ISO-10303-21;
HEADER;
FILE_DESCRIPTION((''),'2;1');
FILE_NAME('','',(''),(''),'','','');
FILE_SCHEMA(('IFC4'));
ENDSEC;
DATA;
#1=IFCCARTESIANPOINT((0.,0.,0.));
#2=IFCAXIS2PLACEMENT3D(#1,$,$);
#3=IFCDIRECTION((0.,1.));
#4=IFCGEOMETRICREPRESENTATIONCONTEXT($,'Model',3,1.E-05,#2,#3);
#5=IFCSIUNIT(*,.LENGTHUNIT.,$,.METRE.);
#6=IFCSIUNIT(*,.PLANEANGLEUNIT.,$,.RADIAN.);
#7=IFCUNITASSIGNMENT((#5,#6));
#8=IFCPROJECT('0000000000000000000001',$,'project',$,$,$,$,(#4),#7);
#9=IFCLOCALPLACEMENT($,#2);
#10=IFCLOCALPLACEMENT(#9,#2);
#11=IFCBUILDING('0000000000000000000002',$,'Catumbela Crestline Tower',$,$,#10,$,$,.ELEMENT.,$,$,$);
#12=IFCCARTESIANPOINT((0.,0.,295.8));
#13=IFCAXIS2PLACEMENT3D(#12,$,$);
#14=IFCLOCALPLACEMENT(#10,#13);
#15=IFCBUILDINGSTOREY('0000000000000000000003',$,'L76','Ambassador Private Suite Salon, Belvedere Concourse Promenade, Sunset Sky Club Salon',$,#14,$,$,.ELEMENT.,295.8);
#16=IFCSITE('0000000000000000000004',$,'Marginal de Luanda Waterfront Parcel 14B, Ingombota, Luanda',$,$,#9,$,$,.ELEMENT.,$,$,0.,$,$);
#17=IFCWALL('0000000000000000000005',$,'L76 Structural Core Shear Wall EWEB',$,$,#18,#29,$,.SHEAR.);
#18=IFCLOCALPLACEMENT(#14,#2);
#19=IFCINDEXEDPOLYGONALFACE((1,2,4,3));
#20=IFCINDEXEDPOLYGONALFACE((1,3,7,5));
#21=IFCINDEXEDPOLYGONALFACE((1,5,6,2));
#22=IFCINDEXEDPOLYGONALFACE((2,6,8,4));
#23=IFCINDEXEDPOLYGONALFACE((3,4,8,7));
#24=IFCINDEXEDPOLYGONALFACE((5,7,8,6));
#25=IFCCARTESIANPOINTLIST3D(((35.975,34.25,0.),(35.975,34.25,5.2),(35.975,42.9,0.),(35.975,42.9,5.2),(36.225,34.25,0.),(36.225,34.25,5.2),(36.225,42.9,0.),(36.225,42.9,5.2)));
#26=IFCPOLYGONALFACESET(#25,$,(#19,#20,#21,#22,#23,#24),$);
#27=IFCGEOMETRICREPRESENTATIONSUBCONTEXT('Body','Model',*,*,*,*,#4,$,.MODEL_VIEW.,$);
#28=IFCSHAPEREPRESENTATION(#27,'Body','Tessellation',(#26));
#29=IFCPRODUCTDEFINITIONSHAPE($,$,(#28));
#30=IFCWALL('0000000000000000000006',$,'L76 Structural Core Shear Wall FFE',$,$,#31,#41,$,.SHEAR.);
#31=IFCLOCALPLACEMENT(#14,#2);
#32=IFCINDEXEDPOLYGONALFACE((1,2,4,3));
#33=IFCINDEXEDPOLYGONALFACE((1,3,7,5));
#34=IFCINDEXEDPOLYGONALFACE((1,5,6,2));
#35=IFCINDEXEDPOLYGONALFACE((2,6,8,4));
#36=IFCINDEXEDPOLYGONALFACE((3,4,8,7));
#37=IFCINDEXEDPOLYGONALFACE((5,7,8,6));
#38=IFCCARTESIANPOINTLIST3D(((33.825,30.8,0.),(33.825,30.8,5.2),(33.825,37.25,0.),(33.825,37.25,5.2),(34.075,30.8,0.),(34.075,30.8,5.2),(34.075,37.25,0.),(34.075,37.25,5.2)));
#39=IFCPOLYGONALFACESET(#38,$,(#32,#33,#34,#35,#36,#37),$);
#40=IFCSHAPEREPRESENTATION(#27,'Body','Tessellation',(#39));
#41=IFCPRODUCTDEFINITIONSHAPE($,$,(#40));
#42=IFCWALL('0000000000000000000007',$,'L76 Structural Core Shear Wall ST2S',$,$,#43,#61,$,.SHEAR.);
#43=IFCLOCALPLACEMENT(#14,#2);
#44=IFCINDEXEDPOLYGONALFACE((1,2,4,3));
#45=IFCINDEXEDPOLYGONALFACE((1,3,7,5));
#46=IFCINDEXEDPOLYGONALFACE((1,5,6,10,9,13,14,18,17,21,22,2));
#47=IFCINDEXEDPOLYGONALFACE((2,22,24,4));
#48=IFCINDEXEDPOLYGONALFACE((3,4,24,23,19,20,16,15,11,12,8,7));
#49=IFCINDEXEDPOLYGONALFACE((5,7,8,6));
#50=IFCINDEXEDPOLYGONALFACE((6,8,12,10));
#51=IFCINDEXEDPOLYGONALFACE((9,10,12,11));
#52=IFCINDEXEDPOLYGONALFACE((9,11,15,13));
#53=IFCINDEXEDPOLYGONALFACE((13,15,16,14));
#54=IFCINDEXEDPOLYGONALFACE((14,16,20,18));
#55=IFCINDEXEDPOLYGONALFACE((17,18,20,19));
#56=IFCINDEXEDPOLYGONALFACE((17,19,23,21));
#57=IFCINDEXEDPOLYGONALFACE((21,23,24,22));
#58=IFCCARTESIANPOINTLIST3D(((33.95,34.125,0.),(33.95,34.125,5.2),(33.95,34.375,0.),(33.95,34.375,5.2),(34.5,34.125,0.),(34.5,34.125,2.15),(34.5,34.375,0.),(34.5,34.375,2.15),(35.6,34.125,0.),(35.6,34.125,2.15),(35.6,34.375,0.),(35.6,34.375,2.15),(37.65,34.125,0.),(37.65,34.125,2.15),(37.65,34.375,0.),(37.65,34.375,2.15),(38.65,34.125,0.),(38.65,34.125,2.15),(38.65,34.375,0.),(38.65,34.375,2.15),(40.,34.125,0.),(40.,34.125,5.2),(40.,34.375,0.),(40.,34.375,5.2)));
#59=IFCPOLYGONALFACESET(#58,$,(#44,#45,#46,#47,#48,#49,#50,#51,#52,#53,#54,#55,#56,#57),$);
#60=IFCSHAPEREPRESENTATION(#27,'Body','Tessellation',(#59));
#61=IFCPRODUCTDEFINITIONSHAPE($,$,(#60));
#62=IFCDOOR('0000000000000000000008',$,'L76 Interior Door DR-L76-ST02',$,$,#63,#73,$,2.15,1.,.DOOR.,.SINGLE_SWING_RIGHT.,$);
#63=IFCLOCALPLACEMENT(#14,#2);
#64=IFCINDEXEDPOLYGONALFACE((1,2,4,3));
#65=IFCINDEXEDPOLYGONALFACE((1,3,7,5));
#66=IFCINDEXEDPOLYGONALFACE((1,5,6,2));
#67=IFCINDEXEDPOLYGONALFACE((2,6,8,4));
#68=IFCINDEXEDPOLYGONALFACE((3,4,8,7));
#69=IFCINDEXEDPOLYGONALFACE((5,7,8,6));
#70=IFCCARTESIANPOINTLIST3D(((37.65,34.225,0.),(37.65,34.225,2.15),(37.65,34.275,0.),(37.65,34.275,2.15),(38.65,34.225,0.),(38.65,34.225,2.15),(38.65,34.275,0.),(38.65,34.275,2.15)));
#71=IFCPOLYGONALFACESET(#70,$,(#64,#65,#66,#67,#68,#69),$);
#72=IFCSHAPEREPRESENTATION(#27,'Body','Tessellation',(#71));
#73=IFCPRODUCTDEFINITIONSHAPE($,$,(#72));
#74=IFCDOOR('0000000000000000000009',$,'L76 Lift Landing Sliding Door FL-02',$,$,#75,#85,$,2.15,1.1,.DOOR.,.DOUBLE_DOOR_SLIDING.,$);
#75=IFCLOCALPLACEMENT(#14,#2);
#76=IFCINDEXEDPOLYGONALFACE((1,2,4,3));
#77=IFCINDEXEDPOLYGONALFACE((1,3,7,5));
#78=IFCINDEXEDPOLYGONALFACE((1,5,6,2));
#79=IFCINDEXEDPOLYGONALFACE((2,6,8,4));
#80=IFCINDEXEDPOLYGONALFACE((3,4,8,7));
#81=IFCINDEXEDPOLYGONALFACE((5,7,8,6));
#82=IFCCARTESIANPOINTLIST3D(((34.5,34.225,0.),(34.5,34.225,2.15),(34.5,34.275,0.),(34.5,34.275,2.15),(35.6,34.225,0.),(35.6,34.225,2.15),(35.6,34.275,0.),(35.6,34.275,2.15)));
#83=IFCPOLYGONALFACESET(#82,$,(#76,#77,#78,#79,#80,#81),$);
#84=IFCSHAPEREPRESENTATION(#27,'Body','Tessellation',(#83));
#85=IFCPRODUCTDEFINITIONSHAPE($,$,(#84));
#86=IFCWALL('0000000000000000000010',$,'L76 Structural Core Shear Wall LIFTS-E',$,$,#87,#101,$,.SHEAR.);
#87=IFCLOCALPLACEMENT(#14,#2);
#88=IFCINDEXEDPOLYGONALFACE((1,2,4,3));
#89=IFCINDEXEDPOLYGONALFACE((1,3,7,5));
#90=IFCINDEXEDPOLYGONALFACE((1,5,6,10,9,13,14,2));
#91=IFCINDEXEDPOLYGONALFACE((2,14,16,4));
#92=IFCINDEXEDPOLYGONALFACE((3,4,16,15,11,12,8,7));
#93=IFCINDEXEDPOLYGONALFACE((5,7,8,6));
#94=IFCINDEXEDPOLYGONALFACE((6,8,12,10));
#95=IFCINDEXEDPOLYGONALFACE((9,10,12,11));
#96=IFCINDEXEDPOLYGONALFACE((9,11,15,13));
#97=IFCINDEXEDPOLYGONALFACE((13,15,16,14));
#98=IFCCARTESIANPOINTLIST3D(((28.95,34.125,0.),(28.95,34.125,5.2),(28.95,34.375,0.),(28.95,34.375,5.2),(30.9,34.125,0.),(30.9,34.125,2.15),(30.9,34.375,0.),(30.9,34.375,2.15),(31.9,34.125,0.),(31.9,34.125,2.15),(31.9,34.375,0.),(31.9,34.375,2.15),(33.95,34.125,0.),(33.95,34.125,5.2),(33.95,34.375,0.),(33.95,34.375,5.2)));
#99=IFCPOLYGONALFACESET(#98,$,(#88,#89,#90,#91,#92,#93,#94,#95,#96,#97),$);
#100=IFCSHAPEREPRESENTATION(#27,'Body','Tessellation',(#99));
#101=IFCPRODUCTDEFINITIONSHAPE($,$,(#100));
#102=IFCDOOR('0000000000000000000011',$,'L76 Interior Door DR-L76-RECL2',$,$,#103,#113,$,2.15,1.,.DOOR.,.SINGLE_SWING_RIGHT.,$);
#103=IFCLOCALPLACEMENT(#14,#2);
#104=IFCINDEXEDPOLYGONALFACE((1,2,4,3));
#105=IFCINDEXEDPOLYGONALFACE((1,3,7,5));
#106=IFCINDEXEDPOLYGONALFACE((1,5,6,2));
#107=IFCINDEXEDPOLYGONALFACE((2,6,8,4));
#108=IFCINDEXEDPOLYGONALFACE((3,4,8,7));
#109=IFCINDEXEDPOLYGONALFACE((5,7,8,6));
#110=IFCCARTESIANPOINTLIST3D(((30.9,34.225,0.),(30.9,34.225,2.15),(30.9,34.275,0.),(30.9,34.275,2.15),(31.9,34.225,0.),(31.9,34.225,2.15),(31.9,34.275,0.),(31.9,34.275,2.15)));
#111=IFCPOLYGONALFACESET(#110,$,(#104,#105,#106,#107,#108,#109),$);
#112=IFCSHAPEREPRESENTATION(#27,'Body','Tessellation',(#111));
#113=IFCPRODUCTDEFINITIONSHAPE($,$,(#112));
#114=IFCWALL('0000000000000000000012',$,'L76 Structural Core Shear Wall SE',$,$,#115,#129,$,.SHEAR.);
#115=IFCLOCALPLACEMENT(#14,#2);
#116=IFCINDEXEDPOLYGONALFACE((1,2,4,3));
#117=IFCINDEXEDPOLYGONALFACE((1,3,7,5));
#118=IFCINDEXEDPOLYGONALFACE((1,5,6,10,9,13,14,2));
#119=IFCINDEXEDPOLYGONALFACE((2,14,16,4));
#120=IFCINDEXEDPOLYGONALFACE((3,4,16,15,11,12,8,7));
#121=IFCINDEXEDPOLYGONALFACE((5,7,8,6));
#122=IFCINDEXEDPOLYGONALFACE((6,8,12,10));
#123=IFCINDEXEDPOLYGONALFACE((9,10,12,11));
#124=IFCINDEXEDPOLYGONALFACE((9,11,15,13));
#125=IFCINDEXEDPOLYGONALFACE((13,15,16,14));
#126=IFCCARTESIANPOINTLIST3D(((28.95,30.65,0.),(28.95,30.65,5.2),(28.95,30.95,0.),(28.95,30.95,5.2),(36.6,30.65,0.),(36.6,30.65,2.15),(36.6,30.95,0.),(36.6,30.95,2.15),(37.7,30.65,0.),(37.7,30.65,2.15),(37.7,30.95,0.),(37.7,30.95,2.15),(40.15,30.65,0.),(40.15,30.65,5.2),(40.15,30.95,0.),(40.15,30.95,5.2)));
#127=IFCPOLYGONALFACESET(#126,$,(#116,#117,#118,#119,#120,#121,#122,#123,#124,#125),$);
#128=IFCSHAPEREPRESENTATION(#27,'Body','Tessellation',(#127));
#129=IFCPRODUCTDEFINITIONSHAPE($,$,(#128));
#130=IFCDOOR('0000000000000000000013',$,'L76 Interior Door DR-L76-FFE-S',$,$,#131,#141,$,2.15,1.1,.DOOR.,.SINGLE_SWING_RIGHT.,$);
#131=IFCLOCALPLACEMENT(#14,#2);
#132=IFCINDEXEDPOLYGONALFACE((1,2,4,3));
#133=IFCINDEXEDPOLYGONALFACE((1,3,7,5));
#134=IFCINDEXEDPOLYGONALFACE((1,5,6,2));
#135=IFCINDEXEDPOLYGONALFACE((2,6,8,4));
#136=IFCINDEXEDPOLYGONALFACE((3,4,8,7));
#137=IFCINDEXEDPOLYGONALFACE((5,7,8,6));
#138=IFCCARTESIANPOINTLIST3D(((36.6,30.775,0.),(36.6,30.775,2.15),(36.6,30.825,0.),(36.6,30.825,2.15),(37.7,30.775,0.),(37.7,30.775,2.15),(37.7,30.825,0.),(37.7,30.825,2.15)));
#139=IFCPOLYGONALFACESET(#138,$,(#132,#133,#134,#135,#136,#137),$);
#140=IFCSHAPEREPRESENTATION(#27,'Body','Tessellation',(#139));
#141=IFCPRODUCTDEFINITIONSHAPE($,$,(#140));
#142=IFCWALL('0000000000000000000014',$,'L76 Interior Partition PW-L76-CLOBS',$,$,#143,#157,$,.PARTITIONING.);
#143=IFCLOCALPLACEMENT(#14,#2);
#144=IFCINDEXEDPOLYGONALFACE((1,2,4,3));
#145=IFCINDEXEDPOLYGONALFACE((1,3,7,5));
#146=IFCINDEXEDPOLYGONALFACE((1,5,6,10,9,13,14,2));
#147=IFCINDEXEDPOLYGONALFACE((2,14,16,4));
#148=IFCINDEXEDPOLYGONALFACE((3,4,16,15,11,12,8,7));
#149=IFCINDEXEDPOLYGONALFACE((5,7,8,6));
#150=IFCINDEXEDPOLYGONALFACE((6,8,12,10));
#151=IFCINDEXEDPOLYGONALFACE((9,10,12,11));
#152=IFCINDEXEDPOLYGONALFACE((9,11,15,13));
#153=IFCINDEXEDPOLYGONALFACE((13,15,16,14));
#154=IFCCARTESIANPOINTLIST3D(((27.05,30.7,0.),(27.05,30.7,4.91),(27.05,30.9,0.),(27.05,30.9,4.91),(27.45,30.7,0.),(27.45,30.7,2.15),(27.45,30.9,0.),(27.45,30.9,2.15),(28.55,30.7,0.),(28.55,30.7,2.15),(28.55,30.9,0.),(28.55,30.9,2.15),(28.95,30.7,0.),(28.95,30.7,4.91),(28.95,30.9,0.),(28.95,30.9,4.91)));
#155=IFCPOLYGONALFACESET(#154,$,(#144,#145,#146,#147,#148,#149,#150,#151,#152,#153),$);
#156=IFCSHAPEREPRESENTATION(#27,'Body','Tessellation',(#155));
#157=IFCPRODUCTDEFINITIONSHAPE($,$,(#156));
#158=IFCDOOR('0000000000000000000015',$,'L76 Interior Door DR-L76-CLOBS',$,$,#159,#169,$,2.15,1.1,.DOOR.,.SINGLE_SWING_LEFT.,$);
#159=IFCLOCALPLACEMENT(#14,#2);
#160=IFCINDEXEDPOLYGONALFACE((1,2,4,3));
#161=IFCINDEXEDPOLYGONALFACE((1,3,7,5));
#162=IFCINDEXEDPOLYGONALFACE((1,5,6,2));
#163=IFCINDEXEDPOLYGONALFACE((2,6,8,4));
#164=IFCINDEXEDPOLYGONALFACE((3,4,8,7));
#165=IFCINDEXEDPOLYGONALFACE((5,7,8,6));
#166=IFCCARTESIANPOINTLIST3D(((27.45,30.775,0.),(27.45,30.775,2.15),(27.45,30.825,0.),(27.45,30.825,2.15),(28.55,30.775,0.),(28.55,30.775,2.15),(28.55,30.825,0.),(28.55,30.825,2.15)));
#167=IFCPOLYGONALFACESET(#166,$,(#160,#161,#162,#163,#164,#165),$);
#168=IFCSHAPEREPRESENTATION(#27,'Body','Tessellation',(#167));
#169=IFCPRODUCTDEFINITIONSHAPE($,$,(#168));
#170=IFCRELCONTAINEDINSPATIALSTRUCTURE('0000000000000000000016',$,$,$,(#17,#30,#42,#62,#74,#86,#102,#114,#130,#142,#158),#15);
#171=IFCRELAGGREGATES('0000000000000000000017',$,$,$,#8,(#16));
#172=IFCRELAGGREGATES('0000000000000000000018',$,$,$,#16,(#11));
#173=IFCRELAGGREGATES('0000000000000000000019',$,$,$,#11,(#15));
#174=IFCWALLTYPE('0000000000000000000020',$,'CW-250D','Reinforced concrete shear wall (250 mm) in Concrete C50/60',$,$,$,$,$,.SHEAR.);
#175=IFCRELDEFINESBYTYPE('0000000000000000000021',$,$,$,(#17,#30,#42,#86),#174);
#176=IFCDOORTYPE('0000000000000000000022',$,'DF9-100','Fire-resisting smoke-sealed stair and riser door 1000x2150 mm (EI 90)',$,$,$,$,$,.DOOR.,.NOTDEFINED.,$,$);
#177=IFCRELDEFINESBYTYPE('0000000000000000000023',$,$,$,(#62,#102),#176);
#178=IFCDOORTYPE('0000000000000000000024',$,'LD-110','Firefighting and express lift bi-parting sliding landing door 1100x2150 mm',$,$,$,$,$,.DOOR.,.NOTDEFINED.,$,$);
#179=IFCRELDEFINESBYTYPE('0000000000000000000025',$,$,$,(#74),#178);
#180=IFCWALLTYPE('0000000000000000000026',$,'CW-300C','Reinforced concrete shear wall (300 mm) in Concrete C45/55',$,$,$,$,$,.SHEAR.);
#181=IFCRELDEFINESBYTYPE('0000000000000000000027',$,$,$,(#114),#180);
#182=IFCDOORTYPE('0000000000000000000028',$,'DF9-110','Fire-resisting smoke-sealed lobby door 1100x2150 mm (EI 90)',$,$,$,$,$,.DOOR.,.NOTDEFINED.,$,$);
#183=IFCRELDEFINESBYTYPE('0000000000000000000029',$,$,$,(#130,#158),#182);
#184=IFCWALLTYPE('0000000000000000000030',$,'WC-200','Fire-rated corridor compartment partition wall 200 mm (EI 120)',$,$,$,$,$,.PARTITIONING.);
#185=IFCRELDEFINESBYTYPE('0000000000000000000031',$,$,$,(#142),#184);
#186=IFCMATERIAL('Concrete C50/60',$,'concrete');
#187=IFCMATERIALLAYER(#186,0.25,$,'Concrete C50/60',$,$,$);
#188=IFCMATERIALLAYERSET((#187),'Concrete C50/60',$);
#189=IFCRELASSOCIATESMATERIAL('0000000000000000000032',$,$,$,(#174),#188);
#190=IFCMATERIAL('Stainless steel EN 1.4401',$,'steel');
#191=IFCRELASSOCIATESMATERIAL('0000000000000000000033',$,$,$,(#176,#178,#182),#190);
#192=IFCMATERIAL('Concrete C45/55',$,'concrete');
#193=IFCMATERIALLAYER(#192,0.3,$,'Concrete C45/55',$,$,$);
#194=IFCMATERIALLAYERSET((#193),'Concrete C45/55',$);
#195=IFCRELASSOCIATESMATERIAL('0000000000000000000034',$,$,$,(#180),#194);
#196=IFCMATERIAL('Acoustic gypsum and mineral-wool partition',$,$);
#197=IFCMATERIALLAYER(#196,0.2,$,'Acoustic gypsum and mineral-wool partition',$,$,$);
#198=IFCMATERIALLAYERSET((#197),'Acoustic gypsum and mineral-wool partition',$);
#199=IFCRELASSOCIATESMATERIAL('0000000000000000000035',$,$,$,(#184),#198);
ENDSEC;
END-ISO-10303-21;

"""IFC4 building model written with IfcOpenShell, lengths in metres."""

from ifc_helpers import new_model, si_unit, direction, frame, frame_2d, origin, place, context, subcontext, project, spatial, rectangle, extrude, material, layer, layer_set, type_object, element, fill, save


model = new_model("IFC4")

# Units and contexts
model_context = context("Model", 3, precision=1e-05, world=origin(), true_north=direction((0.0, 1.0)))
body_context = subcontext(model_context, "Body", "Model", "MODEL_VIEW")
ifc_project = project(units=[si_unit("LENGTHUNIT", "METRE"), si_unit("PLANEANGLEUNIT", "RADIAN")], contexts=[model_context])

# Site, building, storey
site_placement = place(None, origin())
site = spatial("IfcSite", under=ifc_project, at=site_placement, Name="Marginal de Luanda Waterfront Parcel 14B, Ingombota, Luanda", CompositionType="ELEMENT", RefElevation=0.0)
building_placement = place(site_placement, origin())
building = spatial("IfcBuilding", under=site, at=building_placement, Name="Catumbela Crestline Tower", CompositionType="ELEMENT")
storey_placement = place(building_placement, frame((0.0, 0.0, 295.8)))
storey = spatial("IfcBuildingStorey", under=building, at=storey_placement, Name="L76", Description="Ambassador Private Suite Salon, Belvedere Concourse Promenade, Sunset Sky Club Salon", CompositionType="ELEMENT", Elevation=295.8)

# Walls
ifc_material_1 = material(Name="Concrete C50/60", Category="concrete")
ifc_layer_1 = layer(ifc_material_1, 0.25, Name="Concrete C50/60")
ifc_layer_set_1 = layer_set([ifc_layer_1], Name="Concrete C50/60")
wall_type_1 = type_object("IfcWallType", Name="CW-250D", Description="Reinforced concrete shear wall (250 mm) in Concrete C50/60", PredefinedType="SHEAR", material=ifc_layer_set_1)
wall_1_placement = place(storey_placement, frame((36.1, 34.25, 0.0), z_axis=(0.0, 0.0, 1.0), x_axis=(0.0, 1.0, 0.0)))
element("IfcWall", 1, at=wall_1_placement, inside=storey, type_object=wall_type_1, Name="L76 Structural Core Shear Wall EWEB", PredefinedType="SHEAR", context=body_context, shape_type="SweptSolid", body=[
    extrude(rectangle(XDim=8.65, YDim=0.25, at=frame_2d((4.325, 0.0))), origin(), (0.0, 0.0, 1.0), 5.2),
])
wall_2_placement = place(storey_placement, frame((33.95, 30.8, 0.0), z_axis=(0.0, 0.0, 1.0), x_axis=(0.0, 1.0, 0.0)))
element("IfcWall", 2, at=wall_2_placement, inside=storey, type_object=wall_type_1, Name="L76 Structural Core Shear Wall FFE", PredefinedType="SHEAR", context=body_context, shape_type="SweptSolid", body=[
    extrude(rectangle(XDim=6.45, YDim=0.25, at=frame_2d((3.225, 0.0))), origin(), (0.0, 0.0, 1.0), 5.2),
])

# Wall, openings, doors
wall_3_placement = place(storey_placement, frame((33.95, 34.25, 0.0), z_axis=(0.0, 0.0, 1.0), x_axis=(1.0, 0.0, 0.0)))
wall_3 = element("IfcWall", 3, at=wall_3_placement, inside=storey, type_object=wall_type_1, Name="L76 Structural Core Shear Wall ST2S", PredefinedType="SHEAR", context=body_context, shape_type="SweptSolid", body=[
    extrude(rectangle(XDim=6.05, YDim=0.25, at=frame_2d((3.025, 0.0))), origin(), (0.0, 0.0, 1.0), 5.2),
])
opening_1_placement = place(wall_3_placement, frame((3.7, 0.0, 0.0)))
opening_1 = element("IfcOpeningElement", 4, at=opening_1_placement, cuts=wall_3, PredefinedType="OPENING", context=body_context, shape_type="SweptSolid", body=[
    extrude(rectangle(XDim=1.0, YDim=2.15, at=frame_2d((0.5, 1.075))), frame((0.0, 0.135, 0.0), z_axis=(0.0, -1.0, 0.0), x_axis=(1.0, 0.0, 0.0)), (0.0, 0.0, 1.0), 0.27),
])
opening_2_placement = place(wall_3_placement, frame((0.55, 0.0, 0.0)))
opening_2 = element("IfcOpeningElement", 5, at=opening_2_placement, cuts=wall_3, PredefinedType="OPENING", context=body_context, shape_type="SweptSolid", body=[
    extrude(rectangle(XDim=1.1, YDim=2.15, at=frame_2d((0.55, 1.075))), frame((0.0, 0.135, 0.0), z_axis=(0.0, -1.0, 0.0), x_axis=(1.0, 0.0, 0.0)), (0.0, 0.0, 1.0), 0.27),
])
ifc_material_2 = material(Name="Stainless steel EN 1.4401", Category="steel")
door_type_1 = type_object("IfcDoorType", Name="DF9-100", Description="Fire-resisting smoke-sealed stair and riser door 1000x2150 mm (EI 90)", OperationType="NOTDEFINED", PredefinedType="DOOR", material=ifc_material_2)
door_1_placement = place(opening_1_placement, origin())
door_1 = element("IfcDoor", 6, at=door_1_placement, inside=storey, type_object=door_type_1, Name="L76 Interior Door DR-L76-ST02", OperationType="SINGLE_SWING_RIGHT", OverallHeight=2.15, OverallWidth=1.0, PredefinedType="DOOR", context=body_context, shape_type="SweptSolid", body=[
    extrude(rectangle(XDim=1.0, YDim=2.15, at=frame_2d((0.5, 1.075))), frame((0.0, 0.025, 0.0), z_axis=(0.0, -1.0, 0.0), x_axis=(1.0, 0.0, 0.0)), (0.0, 0.0, 1.0), 0.05),
])
fill(opening_1, door_1)
door_type_2 = type_object("IfcDoorType", Name="LD-110", Description="Firefighting and express lift bi-parting sliding landing door 1100x2150 mm", OperationType="NOTDEFINED", PredefinedType="DOOR", material=ifc_material_2)
door_2_placement = place(opening_2_placement, origin())
door_2 = element("IfcDoor", 7, at=door_2_placement, inside=storey, type_object=door_type_2, Name="L76 Lift Landing Sliding Door FL-02", OperationType="DOUBLE_DOOR_SLIDING", OverallHeight=2.15, OverallWidth=1.1, PredefinedType="DOOR", context=body_context, shape_type="SweptSolid", body=[
    extrude(rectangle(XDim=1.1, YDim=2.15, at=frame_2d((0.55, 1.075))), frame((0.0, 0.025, 0.0), z_axis=(0.0, -1.0, 0.0), x_axis=(1.0, 0.0, 0.0)), (0.0, 0.0, 1.0), 0.05),
])
fill(opening_2, door_2)

# Walls, openings, doors
wall_4_placement = place(storey_placement, frame((28.95, 34.25, 0.0), z_axis=(0.0, 0.0, 1.0), x_axis=(1.0, 0.0, 0.0)))
wall_4 = element("IfcWall", 8, at=wall_4_placement, inside=storey, type_object=wall_type_1, Name="L76 Structural Core Shear Wall LIFTS-E", PredefinedType="SHEAR", context=body_context, shape_type="SweptSolid", body=[
    extrude(rectangle(XDim=5.0, YDim=0.25, at=frame_2d((2.5, 0.0))), origin(), (0.0, 0.0, 1.0), 5.2),
])
opening_3_placement = place(wall_4_placement, frame((1.95, 0.0, 0.0)))
opening_3 = element("IfcOpeningElement", 9, at=opening_3_placement, cuts=wall_4, PredefinedType="OPENING", context=body_context, shape_type="SweptSolid", body=[
    extrude(rectangle(XDim=1.0, YDim=2.15, at=frame_2d((0.5, 1.075))), frame((0.0, 0.135, 0.0), z_axis=(0.0, -1.0, 0.0), x_axis=(1.0, 0.0, 0.0)), (0.0, 0.0, 1.0), 0.27),
])
door_3_placement = place(opening_3_placement, origin())
door_3 = element("IfcDoor", 10, at=door_3_placement, inside=storey, type_object=door_type_1, Name="L76 Interior Door DR-L76-RECL2", OperationType="SINGLE_SWING_RIGHT", OverallHeight=2.15, OverallWidth=1.0, PredefinedType="DOOR", context=body_context, shape_type="SweptSolid", body=[
    extrude(rectangle(XDim=1.0, YDim=2.15, at=frame_2d((0.5, 1.075))), frame((0.0, 0.025, 0.0), z_axis=(0.0, -1.0, 0.0), x_axis=(1.0, 0.0, 0.0)), (0.0, 0.0, 1.0), 0.05),
])
fill(opening_3, door_3)
ifc_material_3 = material(Name="Concrete C45/55", Category="concrete")
ifc_layer_2 = layer(ifc_material_3, 0.3, Name="Concrete C45/55")
ifc_layer_set_2 = layer_set([ifc_layer_2], Name="Concrete C45/55")
wall_type_2 = type_object("IfcWallType", Name="CW-300C", Description="Reinforced concrete shear wall (300 mm) in Concrete C45/55", PredefinedType="SHEAR", material=ifc_layer_set_2)
wall_5_placement = place(storey_placement, frame((28.95, 30.8, 0.0), z_axis=(0.0, 0.0, 1.0), x_axis=(1.0, 0.0, 0.0)))
wall_5 = element("IfcWall", 11, at=wall_5_placement, inside=storey, type_object=wall_type_2, Name="L76 Structural Core Shear Wall SE", PredefinedType="SHEAR", context=body_context, shape_type="SweptSolid", body=[
    extrude(rectangle(XDim=11.2, YDim=0.3, at=frame_2d((5.6, 0.0))), origin(), (0.0, 0.0, 1.0), 5.2),
])
opening_4_placement = place(wall_5_placement, frame((7.65, 0.0, 0.0)))
opening_4 = element("IfcOpeningElement", 12, at=opening_4_placement, cuts=wall_5, PredefinedType="OPENING", context=body_context, shape_type="SweptSolid", body=[
    extrude(rectangle(XDim=1.1, YDim=2.15, at=frame_2d((0.55, 1.075))), frame((0.0, 0.16, 0.0), z_axis=(0.0, -1.0, 0.0), x_axis=(1.0, 0.0, 0.0)), (0.0, 0.0, 1.0), 0.32),
])
door_type_3 = type_object("IfcDoorType", Name="DF9-110", Description="Fire-resisting smoke-sealed lobby door 1100x2150 mm (EI 90)", OperationType="NOTDEFINED", PredefinedType="DOOR", material=ifc_material_2)
door_4_placement = place(opening_4_placement, origin())
door_4 = element("IfcDoor", 13, at=door_4_placement, inside=storey, type_object=door_type_3, Name="L76 Interior Door DR-L76-FFE-S", OperationType="SINGLE_SWING_RIGHT", OverallHeight=2.15, OverallWidth=1.1, PredefinedType="DOOR", context=body_context, shape_type="SweptSolid", body=[
    extrude(rectangle(XDim=1.1, YDim=2.15, at=frame_2d((0.55, 1.075))), frame((0.0, 0.025, 0.0), z_axis=(0.0, -1.0, 0.0), x_axis=(1.0, 0.0, 0.0)), (0.0, 0.0, 1.0), 0.05),
])
fill(opening_4, door_4)
ifc_material_4 = material(Name="Acoustic gypsum and mineral-wool partition")
ifc_layer_3 = layer(ifc_material_4, 0.2, Name="Acoustic gypsum and mineral-wool partition")
ifc_layer_set_3 = layer_set([ifc_layer_3], Name="Acoustic gypsum and mineral-wool partition")
wall_type_3 = type_object("IfcWallType", Name="WC-200", Description="Fire-rated corridor compartment partition wall 200 mm (EI 120)", PredefinedType="PARTITIONING", material=ifc_layer_set_3)
wall_6_placement = place(storey_placement, frame((27.05, 30.8, 0.0), z_axis=(0.0, 0.0, 1.0), x_axis=(1.0, 0.0, 0.0)))
wall_6 = element("IfcWall", 14, at=wall_6_placement, inside=storey, type_object=wall_type_3, Name="L76 Interior Partition PW-L76-CLOBS", PredefinedType="PARTITIONING", context=body_context, shape_type="SweptSolid", body=[
    extrude(rectangle(XDim=1.9, YDim=0.2, at=frame_2d((0.95, 0.0))), origin(), (0.0, 0.0, 1.0), 4.91),
])
opening_5_placement = place(wall_6_placement, frame((0.4, 0.0, 0.0)))
opening_5 = element("IfcOpeningElement", 15, at=opening_5_placement, cuts=wall_6, PredefinedType="OPENING", context=body_context, shape_type="SweptSolid", body=[
    extrude(rectangle(XDim=1.1, YDim=2.15, at=frame_2d((0.55, 1.075))), frame((0.0, 0.11, 0.0), z_axis=(0.0, -1.0, 0.0), x_axis=(1.0, 0.0, 0.0)), (0.0, 0.0, 1.0), 0.22),
])
door_5_placement = place(opening_5_placement, origin())
door_5 = element("IfcDoor", 16, at=door_5_placement, inside=storey, type_object=door_type_3, Name="L76 Interior Door DR-L76-CLOBS", OperationType="SINGLE_SWING_LEFT", OverallHeight=2.15, OverallWidth=1.1, PredefinedType="DOOR", context=body_context, shape_type="SweptSolid", body=[
    extrude(rectangle(XDim=1.1, YDim=2.15, at=frame_2d((0.55, 1.075))), frame((0.0, 0.025, 0.0), z_axis=(0.0, -1.0, 0.0), x_axis=(1.0, 0.0, 0.0)), (0.0, 0.0, 1.0), 0.05),
])
fill(opening_5, door_5)

save(model, "model.ifc")
